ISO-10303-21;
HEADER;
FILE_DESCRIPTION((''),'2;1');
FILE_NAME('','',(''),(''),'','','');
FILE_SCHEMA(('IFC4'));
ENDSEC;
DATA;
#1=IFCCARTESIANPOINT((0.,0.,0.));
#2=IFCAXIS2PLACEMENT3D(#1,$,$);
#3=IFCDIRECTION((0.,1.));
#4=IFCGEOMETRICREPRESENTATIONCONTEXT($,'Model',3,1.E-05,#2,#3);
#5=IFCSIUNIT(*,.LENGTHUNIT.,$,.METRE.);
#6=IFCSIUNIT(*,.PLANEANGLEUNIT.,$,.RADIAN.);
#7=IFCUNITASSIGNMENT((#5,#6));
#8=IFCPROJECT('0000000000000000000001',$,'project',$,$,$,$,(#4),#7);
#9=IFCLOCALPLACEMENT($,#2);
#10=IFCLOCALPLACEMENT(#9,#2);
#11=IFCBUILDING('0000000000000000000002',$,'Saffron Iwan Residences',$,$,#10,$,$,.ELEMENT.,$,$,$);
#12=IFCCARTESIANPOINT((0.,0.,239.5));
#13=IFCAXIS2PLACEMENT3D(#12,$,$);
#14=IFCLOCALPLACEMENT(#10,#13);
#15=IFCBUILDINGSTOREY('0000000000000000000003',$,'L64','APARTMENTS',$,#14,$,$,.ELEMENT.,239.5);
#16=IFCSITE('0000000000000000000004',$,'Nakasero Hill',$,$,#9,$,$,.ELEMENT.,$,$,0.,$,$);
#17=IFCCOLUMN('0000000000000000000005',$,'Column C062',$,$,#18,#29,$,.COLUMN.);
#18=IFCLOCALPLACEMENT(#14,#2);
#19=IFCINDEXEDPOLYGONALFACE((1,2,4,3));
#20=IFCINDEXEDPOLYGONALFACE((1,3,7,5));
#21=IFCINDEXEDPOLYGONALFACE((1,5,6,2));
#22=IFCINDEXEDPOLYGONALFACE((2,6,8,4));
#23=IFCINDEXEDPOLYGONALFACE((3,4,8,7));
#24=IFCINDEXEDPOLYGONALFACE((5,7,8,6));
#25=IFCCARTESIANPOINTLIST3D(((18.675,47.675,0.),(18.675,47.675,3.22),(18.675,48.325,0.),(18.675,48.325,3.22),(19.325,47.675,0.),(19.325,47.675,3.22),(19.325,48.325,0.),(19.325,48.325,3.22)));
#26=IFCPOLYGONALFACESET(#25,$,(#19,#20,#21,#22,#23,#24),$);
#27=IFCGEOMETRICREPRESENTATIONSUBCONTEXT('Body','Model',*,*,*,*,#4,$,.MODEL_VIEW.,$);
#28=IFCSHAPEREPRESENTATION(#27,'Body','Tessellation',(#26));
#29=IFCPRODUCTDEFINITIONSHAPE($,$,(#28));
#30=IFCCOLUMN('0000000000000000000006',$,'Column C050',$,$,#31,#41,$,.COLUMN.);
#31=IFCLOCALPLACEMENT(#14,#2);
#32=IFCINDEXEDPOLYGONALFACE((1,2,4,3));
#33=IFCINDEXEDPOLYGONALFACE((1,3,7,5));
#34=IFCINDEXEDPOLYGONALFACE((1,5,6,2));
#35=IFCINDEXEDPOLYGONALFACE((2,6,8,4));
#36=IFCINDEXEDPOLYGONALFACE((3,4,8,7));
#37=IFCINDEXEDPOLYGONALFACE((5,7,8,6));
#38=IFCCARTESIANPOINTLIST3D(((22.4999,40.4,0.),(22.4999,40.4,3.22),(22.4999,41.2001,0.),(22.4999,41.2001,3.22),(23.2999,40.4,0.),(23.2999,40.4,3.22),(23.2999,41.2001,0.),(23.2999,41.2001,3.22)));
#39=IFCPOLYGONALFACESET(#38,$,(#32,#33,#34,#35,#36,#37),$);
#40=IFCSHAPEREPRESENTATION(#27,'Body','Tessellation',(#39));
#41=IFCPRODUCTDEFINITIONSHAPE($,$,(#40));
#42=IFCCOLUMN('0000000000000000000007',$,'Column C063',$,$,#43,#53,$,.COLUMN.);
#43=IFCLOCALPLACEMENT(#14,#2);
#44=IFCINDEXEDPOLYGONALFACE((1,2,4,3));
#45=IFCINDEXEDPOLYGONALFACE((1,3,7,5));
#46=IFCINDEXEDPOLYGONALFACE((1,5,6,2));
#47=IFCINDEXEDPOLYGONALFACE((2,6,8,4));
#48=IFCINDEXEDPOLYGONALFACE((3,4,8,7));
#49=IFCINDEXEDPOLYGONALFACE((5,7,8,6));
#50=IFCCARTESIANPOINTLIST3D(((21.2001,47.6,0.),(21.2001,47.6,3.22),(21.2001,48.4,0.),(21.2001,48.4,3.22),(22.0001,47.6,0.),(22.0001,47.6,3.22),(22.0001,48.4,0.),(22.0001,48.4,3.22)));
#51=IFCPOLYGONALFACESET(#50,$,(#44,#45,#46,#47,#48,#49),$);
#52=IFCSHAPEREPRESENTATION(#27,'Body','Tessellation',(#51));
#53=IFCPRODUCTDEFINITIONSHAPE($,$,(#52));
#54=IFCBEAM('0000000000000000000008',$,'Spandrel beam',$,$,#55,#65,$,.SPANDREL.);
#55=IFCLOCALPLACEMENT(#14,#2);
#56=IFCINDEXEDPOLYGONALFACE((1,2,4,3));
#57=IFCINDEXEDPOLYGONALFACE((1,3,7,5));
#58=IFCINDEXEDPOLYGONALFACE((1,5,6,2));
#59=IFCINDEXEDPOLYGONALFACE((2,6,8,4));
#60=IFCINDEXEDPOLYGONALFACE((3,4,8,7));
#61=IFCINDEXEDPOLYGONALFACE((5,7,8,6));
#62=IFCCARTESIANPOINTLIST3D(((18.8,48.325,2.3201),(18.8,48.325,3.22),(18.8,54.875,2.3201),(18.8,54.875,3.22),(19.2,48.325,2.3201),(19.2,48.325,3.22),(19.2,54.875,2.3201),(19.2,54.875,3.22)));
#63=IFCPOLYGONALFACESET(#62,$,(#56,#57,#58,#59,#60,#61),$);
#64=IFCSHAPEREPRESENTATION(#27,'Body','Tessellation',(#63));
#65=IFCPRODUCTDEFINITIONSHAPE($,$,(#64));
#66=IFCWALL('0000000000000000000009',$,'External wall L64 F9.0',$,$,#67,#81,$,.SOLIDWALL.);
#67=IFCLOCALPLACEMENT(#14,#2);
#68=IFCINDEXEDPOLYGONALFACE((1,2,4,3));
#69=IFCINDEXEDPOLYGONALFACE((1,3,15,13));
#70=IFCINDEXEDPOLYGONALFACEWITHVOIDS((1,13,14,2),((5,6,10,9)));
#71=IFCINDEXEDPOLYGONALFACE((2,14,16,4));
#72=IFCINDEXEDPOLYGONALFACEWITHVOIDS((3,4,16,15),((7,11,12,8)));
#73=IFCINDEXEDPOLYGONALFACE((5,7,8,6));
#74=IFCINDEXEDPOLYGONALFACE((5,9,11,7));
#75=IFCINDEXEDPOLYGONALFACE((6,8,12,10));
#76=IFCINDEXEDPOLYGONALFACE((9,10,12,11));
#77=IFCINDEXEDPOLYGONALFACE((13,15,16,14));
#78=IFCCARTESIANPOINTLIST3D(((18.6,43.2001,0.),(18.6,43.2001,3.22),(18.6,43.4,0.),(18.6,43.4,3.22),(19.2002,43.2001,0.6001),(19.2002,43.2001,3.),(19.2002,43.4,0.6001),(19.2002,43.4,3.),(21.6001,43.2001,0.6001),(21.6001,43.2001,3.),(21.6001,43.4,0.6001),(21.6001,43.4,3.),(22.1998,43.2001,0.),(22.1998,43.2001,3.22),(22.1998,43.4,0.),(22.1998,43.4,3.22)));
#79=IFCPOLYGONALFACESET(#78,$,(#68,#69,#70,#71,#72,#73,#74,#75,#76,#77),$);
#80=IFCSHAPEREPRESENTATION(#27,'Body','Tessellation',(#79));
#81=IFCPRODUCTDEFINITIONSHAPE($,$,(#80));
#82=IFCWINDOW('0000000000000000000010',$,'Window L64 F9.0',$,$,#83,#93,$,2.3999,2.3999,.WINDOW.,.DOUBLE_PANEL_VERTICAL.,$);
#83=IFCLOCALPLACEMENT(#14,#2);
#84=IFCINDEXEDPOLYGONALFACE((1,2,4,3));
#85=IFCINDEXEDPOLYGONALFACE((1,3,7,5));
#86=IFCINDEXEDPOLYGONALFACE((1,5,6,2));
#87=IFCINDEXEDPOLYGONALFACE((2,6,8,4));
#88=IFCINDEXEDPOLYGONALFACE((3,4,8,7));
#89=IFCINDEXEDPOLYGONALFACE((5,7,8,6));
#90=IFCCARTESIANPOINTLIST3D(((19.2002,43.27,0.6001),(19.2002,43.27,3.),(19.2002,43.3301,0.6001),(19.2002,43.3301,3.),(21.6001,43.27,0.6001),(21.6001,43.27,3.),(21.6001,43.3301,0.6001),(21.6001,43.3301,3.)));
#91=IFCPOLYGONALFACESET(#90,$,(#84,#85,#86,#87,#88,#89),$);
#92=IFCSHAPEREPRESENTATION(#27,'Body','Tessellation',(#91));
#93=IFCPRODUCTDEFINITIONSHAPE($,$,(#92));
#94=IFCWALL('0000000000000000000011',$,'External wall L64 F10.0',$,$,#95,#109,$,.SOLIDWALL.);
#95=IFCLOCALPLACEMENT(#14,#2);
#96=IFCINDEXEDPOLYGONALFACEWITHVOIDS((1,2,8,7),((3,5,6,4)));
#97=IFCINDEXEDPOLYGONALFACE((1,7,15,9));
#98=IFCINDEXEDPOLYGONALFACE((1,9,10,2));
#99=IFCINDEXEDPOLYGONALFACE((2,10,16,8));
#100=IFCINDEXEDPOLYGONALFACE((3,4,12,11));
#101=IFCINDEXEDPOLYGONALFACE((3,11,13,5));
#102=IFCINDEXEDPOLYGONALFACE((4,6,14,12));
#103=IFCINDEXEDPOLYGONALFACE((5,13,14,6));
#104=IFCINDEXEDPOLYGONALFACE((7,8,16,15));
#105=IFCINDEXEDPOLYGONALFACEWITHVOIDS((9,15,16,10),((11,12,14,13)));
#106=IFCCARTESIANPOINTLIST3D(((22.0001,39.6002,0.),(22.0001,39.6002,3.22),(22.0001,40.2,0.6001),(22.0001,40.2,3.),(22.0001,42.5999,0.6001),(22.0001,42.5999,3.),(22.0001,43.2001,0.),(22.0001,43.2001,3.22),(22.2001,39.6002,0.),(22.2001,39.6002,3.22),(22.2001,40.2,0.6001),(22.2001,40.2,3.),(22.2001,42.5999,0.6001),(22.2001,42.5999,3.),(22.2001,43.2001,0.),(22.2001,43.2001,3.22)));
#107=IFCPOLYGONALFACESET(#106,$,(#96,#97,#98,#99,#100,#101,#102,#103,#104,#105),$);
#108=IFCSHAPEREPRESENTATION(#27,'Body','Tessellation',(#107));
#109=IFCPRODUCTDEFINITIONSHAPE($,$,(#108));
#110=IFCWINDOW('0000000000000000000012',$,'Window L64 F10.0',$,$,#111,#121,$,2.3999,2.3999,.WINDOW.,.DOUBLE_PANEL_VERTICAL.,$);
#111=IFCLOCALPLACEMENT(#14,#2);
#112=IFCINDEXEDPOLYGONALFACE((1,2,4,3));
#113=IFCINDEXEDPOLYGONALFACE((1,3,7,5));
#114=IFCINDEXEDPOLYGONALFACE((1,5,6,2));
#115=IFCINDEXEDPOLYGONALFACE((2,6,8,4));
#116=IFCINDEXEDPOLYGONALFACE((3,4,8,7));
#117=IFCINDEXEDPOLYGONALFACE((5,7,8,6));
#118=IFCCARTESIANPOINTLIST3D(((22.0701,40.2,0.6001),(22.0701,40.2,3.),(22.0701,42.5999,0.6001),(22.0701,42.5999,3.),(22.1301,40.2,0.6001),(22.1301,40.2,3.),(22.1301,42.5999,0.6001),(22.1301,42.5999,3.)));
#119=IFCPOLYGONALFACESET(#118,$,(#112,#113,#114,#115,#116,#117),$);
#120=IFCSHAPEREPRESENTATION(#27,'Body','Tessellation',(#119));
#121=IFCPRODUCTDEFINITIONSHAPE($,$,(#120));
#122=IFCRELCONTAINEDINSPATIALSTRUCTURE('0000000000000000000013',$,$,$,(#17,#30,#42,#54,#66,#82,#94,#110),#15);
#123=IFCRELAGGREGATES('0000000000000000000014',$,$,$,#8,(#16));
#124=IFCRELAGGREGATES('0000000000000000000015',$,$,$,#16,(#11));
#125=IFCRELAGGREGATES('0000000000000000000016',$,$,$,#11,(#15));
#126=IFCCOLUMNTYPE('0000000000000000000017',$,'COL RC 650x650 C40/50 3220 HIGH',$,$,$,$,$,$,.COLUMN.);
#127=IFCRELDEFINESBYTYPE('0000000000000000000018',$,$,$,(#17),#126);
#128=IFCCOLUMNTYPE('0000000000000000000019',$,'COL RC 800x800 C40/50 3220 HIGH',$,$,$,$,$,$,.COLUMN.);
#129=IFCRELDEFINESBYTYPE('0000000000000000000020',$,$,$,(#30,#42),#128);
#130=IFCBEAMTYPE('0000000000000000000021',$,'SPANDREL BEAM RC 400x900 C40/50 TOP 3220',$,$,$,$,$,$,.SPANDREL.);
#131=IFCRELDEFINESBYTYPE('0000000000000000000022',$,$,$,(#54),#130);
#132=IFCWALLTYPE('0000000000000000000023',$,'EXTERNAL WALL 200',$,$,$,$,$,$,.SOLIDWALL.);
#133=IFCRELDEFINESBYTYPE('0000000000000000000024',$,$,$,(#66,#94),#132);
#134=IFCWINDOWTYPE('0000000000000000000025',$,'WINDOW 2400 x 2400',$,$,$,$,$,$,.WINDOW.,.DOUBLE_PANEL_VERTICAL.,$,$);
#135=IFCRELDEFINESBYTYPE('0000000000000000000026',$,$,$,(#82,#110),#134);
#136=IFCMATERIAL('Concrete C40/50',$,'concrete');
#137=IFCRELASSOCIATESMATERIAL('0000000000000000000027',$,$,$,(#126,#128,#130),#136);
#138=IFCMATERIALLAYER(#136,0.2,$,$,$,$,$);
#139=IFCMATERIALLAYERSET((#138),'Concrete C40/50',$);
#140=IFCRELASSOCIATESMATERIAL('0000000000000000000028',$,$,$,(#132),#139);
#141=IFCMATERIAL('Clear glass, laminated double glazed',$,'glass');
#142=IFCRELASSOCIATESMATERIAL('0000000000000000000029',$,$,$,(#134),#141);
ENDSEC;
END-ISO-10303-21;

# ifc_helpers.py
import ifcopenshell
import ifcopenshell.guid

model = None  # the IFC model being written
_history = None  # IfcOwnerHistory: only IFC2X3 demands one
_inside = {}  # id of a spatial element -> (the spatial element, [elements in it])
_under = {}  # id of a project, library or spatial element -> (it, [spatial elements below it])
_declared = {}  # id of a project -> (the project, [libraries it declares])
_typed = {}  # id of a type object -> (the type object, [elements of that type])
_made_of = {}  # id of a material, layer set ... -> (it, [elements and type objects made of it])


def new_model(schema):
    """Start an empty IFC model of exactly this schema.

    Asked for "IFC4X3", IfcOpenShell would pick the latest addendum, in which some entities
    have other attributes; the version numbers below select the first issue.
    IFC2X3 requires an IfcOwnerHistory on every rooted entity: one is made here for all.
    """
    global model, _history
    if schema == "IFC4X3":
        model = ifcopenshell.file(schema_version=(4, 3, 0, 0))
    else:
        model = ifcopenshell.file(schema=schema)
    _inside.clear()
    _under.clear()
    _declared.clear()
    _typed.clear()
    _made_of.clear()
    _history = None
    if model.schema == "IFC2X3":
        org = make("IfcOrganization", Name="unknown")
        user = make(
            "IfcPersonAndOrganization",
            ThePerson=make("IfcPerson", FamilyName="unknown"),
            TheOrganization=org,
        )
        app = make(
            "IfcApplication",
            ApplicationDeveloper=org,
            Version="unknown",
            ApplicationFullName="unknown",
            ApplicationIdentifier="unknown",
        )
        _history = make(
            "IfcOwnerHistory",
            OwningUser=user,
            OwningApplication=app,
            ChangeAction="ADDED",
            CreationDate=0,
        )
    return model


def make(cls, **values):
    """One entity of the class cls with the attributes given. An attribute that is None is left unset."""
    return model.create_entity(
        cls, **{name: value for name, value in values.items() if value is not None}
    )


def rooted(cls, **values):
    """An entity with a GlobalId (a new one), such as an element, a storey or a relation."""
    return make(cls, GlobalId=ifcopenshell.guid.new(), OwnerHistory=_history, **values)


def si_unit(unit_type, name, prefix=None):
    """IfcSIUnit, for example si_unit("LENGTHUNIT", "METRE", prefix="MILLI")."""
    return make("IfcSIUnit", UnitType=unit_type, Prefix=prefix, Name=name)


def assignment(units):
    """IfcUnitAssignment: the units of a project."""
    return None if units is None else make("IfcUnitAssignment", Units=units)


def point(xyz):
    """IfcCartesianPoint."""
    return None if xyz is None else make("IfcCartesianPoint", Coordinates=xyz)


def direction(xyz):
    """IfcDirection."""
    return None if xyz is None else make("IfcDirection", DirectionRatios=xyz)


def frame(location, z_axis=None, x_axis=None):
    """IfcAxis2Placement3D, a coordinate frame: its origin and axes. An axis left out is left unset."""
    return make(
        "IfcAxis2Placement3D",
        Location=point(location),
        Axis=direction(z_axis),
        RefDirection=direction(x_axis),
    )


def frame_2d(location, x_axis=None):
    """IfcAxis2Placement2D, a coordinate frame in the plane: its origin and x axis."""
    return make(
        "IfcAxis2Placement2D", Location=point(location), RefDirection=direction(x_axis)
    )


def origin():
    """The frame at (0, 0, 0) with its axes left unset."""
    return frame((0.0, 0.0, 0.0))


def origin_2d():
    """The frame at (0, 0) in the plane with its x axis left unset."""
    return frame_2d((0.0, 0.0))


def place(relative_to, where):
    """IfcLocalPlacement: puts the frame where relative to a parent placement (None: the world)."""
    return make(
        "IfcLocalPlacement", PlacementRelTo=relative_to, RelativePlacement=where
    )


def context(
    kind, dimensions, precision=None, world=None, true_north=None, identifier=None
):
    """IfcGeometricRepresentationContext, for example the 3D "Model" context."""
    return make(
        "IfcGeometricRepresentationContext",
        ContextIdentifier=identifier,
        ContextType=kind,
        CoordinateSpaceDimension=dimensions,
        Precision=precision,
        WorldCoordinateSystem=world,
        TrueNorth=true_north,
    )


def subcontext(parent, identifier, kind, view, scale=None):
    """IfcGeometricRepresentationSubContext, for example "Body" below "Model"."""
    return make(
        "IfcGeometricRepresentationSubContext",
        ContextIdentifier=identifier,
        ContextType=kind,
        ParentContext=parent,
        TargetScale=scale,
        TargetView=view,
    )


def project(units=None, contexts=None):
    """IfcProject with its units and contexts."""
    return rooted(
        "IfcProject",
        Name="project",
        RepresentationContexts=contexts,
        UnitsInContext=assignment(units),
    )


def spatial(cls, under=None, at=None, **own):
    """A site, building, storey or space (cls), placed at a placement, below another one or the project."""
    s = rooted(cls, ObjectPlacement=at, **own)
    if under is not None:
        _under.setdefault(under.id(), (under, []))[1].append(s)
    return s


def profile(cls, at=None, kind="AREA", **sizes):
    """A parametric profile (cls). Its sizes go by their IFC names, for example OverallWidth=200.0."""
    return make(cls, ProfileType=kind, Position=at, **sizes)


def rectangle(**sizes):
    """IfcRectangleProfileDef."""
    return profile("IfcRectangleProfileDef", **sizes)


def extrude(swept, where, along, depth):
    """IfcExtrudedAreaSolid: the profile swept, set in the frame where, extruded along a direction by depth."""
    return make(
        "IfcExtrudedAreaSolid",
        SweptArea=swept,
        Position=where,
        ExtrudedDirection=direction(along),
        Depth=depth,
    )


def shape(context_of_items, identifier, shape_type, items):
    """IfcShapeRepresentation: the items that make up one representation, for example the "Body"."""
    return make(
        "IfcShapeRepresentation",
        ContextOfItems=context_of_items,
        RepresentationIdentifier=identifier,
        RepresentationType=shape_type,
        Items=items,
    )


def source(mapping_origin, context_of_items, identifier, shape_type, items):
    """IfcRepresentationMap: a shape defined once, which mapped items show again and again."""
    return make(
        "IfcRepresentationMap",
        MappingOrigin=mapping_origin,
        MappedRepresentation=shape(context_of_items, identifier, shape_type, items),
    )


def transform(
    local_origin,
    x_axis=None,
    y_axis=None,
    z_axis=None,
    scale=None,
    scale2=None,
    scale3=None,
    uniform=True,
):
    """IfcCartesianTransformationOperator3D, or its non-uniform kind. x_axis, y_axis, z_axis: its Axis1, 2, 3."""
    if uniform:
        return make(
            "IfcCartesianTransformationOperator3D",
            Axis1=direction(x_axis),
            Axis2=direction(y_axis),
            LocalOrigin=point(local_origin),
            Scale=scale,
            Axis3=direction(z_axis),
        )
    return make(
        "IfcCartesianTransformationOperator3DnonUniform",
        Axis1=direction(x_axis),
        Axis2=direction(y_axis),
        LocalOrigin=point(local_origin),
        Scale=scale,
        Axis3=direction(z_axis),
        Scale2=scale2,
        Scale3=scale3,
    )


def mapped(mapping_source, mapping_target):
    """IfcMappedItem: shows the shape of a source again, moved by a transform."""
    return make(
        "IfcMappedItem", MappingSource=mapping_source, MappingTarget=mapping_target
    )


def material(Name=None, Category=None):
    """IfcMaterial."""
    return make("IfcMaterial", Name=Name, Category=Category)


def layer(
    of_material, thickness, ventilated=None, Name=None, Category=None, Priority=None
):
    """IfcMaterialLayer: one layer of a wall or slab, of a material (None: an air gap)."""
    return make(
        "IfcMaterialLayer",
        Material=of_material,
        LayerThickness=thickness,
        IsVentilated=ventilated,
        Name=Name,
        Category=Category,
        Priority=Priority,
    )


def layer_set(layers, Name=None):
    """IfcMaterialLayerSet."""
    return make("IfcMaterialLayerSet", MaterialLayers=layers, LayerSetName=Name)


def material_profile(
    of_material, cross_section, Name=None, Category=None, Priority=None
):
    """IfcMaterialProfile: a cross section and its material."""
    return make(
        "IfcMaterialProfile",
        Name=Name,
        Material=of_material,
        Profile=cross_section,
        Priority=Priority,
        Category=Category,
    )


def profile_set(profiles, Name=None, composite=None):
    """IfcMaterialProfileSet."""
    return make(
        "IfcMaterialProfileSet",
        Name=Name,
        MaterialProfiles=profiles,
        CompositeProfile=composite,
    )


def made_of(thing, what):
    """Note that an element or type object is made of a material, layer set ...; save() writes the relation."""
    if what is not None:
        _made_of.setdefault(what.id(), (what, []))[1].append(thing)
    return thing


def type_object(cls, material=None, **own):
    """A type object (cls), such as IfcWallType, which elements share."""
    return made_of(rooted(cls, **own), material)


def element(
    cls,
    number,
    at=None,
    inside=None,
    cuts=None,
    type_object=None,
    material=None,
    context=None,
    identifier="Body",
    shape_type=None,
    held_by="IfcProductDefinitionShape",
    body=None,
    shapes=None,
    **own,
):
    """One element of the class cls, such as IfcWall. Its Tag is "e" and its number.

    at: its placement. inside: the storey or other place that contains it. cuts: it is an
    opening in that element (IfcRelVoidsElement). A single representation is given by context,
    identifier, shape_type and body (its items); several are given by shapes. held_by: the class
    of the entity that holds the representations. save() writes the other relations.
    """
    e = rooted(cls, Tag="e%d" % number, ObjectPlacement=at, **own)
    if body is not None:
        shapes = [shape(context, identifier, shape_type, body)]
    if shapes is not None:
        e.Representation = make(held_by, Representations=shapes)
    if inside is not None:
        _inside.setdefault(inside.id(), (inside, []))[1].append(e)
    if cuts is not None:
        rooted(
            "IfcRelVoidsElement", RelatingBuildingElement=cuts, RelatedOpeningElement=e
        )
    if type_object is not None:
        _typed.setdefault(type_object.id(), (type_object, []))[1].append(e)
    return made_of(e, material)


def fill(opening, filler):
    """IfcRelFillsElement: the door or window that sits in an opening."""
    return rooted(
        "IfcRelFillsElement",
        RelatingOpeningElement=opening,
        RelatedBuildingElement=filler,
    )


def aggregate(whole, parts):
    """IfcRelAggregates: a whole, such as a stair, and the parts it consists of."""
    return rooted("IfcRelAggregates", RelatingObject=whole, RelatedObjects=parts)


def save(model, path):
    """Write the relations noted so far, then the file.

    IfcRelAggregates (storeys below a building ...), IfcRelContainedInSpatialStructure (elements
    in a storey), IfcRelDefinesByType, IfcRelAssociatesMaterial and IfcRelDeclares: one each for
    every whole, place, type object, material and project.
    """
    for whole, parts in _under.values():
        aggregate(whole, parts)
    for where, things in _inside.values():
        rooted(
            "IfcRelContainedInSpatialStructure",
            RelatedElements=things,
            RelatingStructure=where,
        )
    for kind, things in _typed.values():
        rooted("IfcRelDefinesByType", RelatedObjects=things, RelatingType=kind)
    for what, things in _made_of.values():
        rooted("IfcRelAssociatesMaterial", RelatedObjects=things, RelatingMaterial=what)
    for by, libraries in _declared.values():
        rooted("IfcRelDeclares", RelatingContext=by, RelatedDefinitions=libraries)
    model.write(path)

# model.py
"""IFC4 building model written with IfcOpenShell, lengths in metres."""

from ifc_helpers import new_model, si_unit, direction, frame, frame_2d, origin, origin_2d, place, context, subcontext, project, spatial, rectangle, extrude, source, transform, mapped, material, layer, layer_set, material_profile, profile_set, type_object, element, fill, save


model = new_model("IFC4")

# Units and contexts
model_context = context("Model", 3, precision=1e-05, world=origin(), true_north=direction((0.0, 1.0)))
body_context = subcontext(model_context, "Body", "Model", "MODEL_VIEW")
ifc_project = project(units=[si_unit("LENGTHUNIT", "METRE"), si_unit("PLANEANGLEUNIT", "RADIAN")], contexts=[model_context])

# Site, building, storey
site_placement = place(None, origin())
site = spatial("IfcSite", under=ifc_project, at=site_placement, Name="Nakasero Hill", CompositionType="ELEMENT", RefElevation=0.0)
building_placement = place(site_placement, origin())
building = spatial("IfcBuilding", under=site, at=building_placement, Name="Saffron Iwan Residences", CompositionType="ELEMENT")
storey_placement = place(building_placement, frame((0.0, 0.0, 239.5)))
storey = spatial("IfcBuildingStorey", under=building, at=storey_placement, Name="L64", Description="APARTMENTS", CompositionType="ELEMENT", Elevation=239.5)

# Columns
ifc_material_1 = material(Name="Concrete C40/50", Category="concrete")
ifc_material_profile_1 = material_profile(ifc_material_1, rectangle(XDim=0.6499, YDim=0.6499, at=origin_2d()), Name="RC 650x650")
ifc_profile_set_1 = profile_set([ifc_material_profile_1], Name="Concrete C40/50")
column_type_1 = type_object("IfcColumnType", Name="COL RC 650x650 C40/50 3220 HIGH", PredefinedType="COLUMN", material=ifc_profile_set_1)
shared_shape_1 = source(origin(), body_context, "Body", "SweptSolid", [
    extrude(rectangle(XDim=0.6499, YDim=0.6499, at=origin_2d()), origin(), (0.0, 0.0, 1.0), 3.22),
])
column_placement = place(storey_placement, frame((19.0, 48.0, 0.0), z_axis=(0.0, 0.0, 1.0), x_axis=(1.0, 0.0, 0.0)))
element("IfcColumn", 1, at=column_placement, inside=storey, type_object=column_type_1, Name="Column C062", PredefinedType="COLUMN", context=body_context, shape_type="MappedRepresentation", body=[
    mapped(shared_shape_1, transform((0.0, 0.0, 0.0))),
])
ifc_material_profile_2 = material_profile(ifc_material_1, rectangle(XDim=0.8, YDim=0.8, at=origin_2d()), Name="RC 800x800")
ifc_profile_set_2 = profile_set([ifc_material_profile_2], Name="Concrete C40/50")
column_type_2 = type_object("IfcColumnType", Name="COL RC 800x800 C40/50 3220 HIGH", PredefinedType="COLUMN", material=ifc_profile_set_2)
shared_shape_2 = source(origin(), body_context, "Body", "SweptSolid", [
    extrude(rectangle(XDim=0.8, YDim=0.8, at=origin_2d()), origin(), (0.0, 0.0, 1.0), 3.22),
])
for number, where, z_axis, x_axis, name in (
    (2, (22.8999, 40.8, 0.0), (0.0, 0.0, 1.0), (1.0, 0.0, 0.0), "Column C050"),
    (3, (21.6001, 48.0, 0.0), (0.0, 0.0, 1.0), (1.0, 0.0, 0.0), "Column C063"),
):
    element("IfcColumn", number, at=place(storey_placement, frame(where, z_axis=z_axis, x_axis=x_axis)), inside=storey, type_object=column_type_2, Name=name, PredefinedType="COLUMN", context=body_context, shape_type="MappedRepresentation", body=[
        mapped(shared_shape_2, transform((0.0, 0.0, 0.0))),
    ])

# Beam
ifc_material_profile_3 = material_profile(ifc_material_1, rectangle(XDim=0.3999, YDim=0.8999, at=origin_2d()), Name="RC 400x900")
ifc_profile_set_3 = profile_set([ifc_material_profile_3], Name="Concrete C40/50")
beam_type = type_object("IfcBeamType", Name="SPANDREL BEAM RC 400x900 C40/50 TOP 3220", PredefinedType="SPANDREL", material=ifc_profile_set_3)
shared_shape_3 = source(origin(), body_context, "Body", "SweptSolid", [
    extrude(rectangle(XDim=0.3999, YDim=0.8999, at=origin_2d()), origin(), (0.0, 0.0, 1.0), 6.55),
])
beam_placement = place(storey_placement, frame((19.0, 48.325, 2.77), z_axis=(0.0, 1.0, 0.0), x_axis=(-1.0, 0.0, 0.0)))
element("IfcBeam", 4, at=beam_placement, inside=storey, type_object=beam_type, Name="Spandrel beam", PredefinedType="SPANDREL", context=body_context, shape_type="MappedRepresentation", body=[
    mapped(shared_shape_3, transform((0.0, 0.0, 0.0))),
])

# Walls, openings, windows
ifc_layer_1 = layer(ifc_material_1, 0.2)
ifc_layer_set_1 = layer_set([ifc_layer_1], Name="Concrete C40/50")
wall_type_1 = type_object("IfcWallType", Name="EXTERNAL WALL 200", PredefinedType="SOLIDWALL", material=ifc_layer_set_1)
wall_1_placement = place(storey_placement, frame((18.6001, 43.3, 0.0), z_axis=(0.0, 0.0, 1.0), x_axis=(1.0, 0.0, 0.0)))
wall_1 = element("IfcWall", 5, at=wall_1_placement, inside=storey, type_object=wall_type_1, Name="External wall L64 F9.0", PredefinedType="SOLIDWALL", context=body_context, shape_type="SweptSolid", body=[
    extrude(rectangle(XDim=3.5999, YDim=0.2, at=frame_2d((1.7998, 0.0))), origin(), (0.0, 0.0, 1.0), 3.22),
])
opening_1_placement = place(wall_1_placement, frame((0.6001, 0.0, 0.6001)))
opening_1 = element("IfcOpeningElement", 6, at=opening_1_placement, cuts=wall_1, PredefinedType="OPENING", context=body_context, shape_type="SweptSolid", body=[
    extrude(rectangle(XDim=2.3999, YDim=2.3999, at=frame_2d((1.2, 1.2))), frame((0.0, 0.1099, 0.0), z_axis=(0.0, -1.0, 0.0), x_axis=(1.0, 0.0, 0.0)), (0.0, 0.0, 1.0), 0.22),
])
ifc_material_2 = material(Name="Clear glass, laminated double glazed", Category="glass")
window_type_1 = type_object("IfcWindowType", Name="WINDOW 2400 x 2400", PartitioningType="DOUBLE_PANEL_VERTICAL", PredefinedType="WINDOW", material=ifc_material_2)
window_1_placement = place(opening_1_placement, origin())
window_1 = element("IfcWindow", 7, at=window_1_placement, inside=storey, type_object=window_type_1, Name="Window L64 F9.0", OverallHeight=2.3999, OverallWidth=2.3999, PartitioningType="DOUBLE_PANEL_VERTICAL", PredefinedType="WINDOW", context=body_context, shape_type="SweptSolid", body=[
    extrude(rectangle(XDim=2.3999, YDim=2.3999, at=frame_2d((1.2, 1.2))), frame((0.0, 0.03, 0.0), z_axis=(0.0, -1.0, 0.0), x_axis=(1.0, 0.0, 0.0)), (0.0, 0.0, 1.0), 0.0601),
])
fill(opening_1, window_1)
wall_2_placement = place(storey_placement, frame((22.1001, 43.2, 0.0), z_axis=(0.0, 0.0, 1.0), x_axis=(0.0, -1.0, 0.0)))
wall_2 = element("IfcWall", 8, at=wall_2_placement, inside=storey, type_object=wall_type_1, Name="External wall L64 F10.0", PredefinedType="SOLIDWALL", context=body_context, shape_type="SweptSolid", body=[
    extrude(rectangle(XDim=3.5999, YDim=0.2, at=frame_2d((1.7998, 0.0))), origin(), (0.0, 0.0, 1.0), 3.22),
])
opening_2_placement = place(wall_2_placement, frame((0.6001, 0.0, 0.6001)))
opening_2 = element("IfcOpeningElement", 9, at=opening_2_placement, cuts=wall_2, PredefinedType="OPENING", context=body_context, shape_type="SweptSolid", body=[
    extrude(rectangle(XDim=2.3999, YDim=2.3999, at=frame_2d((1.2, 1.2))), frame((0.0, 0.1099, 0.0), z_axis=(0.0, -1.0, 0.0), x_axis=(1.0, 0.0, 0.0)), (0.0, 0.0, 1.0), 0.22),
])
window_2_placement = place(opening_2_placement, origin())
window_2 = element("IfcWindow", 10, at=window_2_placement, inside=storey, type_object=window_type_1, Name="Window L64 F10.0", OverallHeight=2.3999, OverallWidth=2.3999, PartitioningType="DOUBLE_PANEL_VERTICAL", PredefinedType="WINDOW", context=body_context, shape_type="SweptSolid", body=[
    extrude(rectangle(XDim=2.3999, YDim=2.3999, at=frame_2d((1.2, 1.2))), frame((0.0, 0.03, 0.0), z_axis=(0.0, -1.0, 0.0), x_axis=(1.0, 0.0, 0.0)), (0.0, 0.0, 1.0), 0.0601),
])
fill(opening_2, window_2)

save(model, "model.ifc")
